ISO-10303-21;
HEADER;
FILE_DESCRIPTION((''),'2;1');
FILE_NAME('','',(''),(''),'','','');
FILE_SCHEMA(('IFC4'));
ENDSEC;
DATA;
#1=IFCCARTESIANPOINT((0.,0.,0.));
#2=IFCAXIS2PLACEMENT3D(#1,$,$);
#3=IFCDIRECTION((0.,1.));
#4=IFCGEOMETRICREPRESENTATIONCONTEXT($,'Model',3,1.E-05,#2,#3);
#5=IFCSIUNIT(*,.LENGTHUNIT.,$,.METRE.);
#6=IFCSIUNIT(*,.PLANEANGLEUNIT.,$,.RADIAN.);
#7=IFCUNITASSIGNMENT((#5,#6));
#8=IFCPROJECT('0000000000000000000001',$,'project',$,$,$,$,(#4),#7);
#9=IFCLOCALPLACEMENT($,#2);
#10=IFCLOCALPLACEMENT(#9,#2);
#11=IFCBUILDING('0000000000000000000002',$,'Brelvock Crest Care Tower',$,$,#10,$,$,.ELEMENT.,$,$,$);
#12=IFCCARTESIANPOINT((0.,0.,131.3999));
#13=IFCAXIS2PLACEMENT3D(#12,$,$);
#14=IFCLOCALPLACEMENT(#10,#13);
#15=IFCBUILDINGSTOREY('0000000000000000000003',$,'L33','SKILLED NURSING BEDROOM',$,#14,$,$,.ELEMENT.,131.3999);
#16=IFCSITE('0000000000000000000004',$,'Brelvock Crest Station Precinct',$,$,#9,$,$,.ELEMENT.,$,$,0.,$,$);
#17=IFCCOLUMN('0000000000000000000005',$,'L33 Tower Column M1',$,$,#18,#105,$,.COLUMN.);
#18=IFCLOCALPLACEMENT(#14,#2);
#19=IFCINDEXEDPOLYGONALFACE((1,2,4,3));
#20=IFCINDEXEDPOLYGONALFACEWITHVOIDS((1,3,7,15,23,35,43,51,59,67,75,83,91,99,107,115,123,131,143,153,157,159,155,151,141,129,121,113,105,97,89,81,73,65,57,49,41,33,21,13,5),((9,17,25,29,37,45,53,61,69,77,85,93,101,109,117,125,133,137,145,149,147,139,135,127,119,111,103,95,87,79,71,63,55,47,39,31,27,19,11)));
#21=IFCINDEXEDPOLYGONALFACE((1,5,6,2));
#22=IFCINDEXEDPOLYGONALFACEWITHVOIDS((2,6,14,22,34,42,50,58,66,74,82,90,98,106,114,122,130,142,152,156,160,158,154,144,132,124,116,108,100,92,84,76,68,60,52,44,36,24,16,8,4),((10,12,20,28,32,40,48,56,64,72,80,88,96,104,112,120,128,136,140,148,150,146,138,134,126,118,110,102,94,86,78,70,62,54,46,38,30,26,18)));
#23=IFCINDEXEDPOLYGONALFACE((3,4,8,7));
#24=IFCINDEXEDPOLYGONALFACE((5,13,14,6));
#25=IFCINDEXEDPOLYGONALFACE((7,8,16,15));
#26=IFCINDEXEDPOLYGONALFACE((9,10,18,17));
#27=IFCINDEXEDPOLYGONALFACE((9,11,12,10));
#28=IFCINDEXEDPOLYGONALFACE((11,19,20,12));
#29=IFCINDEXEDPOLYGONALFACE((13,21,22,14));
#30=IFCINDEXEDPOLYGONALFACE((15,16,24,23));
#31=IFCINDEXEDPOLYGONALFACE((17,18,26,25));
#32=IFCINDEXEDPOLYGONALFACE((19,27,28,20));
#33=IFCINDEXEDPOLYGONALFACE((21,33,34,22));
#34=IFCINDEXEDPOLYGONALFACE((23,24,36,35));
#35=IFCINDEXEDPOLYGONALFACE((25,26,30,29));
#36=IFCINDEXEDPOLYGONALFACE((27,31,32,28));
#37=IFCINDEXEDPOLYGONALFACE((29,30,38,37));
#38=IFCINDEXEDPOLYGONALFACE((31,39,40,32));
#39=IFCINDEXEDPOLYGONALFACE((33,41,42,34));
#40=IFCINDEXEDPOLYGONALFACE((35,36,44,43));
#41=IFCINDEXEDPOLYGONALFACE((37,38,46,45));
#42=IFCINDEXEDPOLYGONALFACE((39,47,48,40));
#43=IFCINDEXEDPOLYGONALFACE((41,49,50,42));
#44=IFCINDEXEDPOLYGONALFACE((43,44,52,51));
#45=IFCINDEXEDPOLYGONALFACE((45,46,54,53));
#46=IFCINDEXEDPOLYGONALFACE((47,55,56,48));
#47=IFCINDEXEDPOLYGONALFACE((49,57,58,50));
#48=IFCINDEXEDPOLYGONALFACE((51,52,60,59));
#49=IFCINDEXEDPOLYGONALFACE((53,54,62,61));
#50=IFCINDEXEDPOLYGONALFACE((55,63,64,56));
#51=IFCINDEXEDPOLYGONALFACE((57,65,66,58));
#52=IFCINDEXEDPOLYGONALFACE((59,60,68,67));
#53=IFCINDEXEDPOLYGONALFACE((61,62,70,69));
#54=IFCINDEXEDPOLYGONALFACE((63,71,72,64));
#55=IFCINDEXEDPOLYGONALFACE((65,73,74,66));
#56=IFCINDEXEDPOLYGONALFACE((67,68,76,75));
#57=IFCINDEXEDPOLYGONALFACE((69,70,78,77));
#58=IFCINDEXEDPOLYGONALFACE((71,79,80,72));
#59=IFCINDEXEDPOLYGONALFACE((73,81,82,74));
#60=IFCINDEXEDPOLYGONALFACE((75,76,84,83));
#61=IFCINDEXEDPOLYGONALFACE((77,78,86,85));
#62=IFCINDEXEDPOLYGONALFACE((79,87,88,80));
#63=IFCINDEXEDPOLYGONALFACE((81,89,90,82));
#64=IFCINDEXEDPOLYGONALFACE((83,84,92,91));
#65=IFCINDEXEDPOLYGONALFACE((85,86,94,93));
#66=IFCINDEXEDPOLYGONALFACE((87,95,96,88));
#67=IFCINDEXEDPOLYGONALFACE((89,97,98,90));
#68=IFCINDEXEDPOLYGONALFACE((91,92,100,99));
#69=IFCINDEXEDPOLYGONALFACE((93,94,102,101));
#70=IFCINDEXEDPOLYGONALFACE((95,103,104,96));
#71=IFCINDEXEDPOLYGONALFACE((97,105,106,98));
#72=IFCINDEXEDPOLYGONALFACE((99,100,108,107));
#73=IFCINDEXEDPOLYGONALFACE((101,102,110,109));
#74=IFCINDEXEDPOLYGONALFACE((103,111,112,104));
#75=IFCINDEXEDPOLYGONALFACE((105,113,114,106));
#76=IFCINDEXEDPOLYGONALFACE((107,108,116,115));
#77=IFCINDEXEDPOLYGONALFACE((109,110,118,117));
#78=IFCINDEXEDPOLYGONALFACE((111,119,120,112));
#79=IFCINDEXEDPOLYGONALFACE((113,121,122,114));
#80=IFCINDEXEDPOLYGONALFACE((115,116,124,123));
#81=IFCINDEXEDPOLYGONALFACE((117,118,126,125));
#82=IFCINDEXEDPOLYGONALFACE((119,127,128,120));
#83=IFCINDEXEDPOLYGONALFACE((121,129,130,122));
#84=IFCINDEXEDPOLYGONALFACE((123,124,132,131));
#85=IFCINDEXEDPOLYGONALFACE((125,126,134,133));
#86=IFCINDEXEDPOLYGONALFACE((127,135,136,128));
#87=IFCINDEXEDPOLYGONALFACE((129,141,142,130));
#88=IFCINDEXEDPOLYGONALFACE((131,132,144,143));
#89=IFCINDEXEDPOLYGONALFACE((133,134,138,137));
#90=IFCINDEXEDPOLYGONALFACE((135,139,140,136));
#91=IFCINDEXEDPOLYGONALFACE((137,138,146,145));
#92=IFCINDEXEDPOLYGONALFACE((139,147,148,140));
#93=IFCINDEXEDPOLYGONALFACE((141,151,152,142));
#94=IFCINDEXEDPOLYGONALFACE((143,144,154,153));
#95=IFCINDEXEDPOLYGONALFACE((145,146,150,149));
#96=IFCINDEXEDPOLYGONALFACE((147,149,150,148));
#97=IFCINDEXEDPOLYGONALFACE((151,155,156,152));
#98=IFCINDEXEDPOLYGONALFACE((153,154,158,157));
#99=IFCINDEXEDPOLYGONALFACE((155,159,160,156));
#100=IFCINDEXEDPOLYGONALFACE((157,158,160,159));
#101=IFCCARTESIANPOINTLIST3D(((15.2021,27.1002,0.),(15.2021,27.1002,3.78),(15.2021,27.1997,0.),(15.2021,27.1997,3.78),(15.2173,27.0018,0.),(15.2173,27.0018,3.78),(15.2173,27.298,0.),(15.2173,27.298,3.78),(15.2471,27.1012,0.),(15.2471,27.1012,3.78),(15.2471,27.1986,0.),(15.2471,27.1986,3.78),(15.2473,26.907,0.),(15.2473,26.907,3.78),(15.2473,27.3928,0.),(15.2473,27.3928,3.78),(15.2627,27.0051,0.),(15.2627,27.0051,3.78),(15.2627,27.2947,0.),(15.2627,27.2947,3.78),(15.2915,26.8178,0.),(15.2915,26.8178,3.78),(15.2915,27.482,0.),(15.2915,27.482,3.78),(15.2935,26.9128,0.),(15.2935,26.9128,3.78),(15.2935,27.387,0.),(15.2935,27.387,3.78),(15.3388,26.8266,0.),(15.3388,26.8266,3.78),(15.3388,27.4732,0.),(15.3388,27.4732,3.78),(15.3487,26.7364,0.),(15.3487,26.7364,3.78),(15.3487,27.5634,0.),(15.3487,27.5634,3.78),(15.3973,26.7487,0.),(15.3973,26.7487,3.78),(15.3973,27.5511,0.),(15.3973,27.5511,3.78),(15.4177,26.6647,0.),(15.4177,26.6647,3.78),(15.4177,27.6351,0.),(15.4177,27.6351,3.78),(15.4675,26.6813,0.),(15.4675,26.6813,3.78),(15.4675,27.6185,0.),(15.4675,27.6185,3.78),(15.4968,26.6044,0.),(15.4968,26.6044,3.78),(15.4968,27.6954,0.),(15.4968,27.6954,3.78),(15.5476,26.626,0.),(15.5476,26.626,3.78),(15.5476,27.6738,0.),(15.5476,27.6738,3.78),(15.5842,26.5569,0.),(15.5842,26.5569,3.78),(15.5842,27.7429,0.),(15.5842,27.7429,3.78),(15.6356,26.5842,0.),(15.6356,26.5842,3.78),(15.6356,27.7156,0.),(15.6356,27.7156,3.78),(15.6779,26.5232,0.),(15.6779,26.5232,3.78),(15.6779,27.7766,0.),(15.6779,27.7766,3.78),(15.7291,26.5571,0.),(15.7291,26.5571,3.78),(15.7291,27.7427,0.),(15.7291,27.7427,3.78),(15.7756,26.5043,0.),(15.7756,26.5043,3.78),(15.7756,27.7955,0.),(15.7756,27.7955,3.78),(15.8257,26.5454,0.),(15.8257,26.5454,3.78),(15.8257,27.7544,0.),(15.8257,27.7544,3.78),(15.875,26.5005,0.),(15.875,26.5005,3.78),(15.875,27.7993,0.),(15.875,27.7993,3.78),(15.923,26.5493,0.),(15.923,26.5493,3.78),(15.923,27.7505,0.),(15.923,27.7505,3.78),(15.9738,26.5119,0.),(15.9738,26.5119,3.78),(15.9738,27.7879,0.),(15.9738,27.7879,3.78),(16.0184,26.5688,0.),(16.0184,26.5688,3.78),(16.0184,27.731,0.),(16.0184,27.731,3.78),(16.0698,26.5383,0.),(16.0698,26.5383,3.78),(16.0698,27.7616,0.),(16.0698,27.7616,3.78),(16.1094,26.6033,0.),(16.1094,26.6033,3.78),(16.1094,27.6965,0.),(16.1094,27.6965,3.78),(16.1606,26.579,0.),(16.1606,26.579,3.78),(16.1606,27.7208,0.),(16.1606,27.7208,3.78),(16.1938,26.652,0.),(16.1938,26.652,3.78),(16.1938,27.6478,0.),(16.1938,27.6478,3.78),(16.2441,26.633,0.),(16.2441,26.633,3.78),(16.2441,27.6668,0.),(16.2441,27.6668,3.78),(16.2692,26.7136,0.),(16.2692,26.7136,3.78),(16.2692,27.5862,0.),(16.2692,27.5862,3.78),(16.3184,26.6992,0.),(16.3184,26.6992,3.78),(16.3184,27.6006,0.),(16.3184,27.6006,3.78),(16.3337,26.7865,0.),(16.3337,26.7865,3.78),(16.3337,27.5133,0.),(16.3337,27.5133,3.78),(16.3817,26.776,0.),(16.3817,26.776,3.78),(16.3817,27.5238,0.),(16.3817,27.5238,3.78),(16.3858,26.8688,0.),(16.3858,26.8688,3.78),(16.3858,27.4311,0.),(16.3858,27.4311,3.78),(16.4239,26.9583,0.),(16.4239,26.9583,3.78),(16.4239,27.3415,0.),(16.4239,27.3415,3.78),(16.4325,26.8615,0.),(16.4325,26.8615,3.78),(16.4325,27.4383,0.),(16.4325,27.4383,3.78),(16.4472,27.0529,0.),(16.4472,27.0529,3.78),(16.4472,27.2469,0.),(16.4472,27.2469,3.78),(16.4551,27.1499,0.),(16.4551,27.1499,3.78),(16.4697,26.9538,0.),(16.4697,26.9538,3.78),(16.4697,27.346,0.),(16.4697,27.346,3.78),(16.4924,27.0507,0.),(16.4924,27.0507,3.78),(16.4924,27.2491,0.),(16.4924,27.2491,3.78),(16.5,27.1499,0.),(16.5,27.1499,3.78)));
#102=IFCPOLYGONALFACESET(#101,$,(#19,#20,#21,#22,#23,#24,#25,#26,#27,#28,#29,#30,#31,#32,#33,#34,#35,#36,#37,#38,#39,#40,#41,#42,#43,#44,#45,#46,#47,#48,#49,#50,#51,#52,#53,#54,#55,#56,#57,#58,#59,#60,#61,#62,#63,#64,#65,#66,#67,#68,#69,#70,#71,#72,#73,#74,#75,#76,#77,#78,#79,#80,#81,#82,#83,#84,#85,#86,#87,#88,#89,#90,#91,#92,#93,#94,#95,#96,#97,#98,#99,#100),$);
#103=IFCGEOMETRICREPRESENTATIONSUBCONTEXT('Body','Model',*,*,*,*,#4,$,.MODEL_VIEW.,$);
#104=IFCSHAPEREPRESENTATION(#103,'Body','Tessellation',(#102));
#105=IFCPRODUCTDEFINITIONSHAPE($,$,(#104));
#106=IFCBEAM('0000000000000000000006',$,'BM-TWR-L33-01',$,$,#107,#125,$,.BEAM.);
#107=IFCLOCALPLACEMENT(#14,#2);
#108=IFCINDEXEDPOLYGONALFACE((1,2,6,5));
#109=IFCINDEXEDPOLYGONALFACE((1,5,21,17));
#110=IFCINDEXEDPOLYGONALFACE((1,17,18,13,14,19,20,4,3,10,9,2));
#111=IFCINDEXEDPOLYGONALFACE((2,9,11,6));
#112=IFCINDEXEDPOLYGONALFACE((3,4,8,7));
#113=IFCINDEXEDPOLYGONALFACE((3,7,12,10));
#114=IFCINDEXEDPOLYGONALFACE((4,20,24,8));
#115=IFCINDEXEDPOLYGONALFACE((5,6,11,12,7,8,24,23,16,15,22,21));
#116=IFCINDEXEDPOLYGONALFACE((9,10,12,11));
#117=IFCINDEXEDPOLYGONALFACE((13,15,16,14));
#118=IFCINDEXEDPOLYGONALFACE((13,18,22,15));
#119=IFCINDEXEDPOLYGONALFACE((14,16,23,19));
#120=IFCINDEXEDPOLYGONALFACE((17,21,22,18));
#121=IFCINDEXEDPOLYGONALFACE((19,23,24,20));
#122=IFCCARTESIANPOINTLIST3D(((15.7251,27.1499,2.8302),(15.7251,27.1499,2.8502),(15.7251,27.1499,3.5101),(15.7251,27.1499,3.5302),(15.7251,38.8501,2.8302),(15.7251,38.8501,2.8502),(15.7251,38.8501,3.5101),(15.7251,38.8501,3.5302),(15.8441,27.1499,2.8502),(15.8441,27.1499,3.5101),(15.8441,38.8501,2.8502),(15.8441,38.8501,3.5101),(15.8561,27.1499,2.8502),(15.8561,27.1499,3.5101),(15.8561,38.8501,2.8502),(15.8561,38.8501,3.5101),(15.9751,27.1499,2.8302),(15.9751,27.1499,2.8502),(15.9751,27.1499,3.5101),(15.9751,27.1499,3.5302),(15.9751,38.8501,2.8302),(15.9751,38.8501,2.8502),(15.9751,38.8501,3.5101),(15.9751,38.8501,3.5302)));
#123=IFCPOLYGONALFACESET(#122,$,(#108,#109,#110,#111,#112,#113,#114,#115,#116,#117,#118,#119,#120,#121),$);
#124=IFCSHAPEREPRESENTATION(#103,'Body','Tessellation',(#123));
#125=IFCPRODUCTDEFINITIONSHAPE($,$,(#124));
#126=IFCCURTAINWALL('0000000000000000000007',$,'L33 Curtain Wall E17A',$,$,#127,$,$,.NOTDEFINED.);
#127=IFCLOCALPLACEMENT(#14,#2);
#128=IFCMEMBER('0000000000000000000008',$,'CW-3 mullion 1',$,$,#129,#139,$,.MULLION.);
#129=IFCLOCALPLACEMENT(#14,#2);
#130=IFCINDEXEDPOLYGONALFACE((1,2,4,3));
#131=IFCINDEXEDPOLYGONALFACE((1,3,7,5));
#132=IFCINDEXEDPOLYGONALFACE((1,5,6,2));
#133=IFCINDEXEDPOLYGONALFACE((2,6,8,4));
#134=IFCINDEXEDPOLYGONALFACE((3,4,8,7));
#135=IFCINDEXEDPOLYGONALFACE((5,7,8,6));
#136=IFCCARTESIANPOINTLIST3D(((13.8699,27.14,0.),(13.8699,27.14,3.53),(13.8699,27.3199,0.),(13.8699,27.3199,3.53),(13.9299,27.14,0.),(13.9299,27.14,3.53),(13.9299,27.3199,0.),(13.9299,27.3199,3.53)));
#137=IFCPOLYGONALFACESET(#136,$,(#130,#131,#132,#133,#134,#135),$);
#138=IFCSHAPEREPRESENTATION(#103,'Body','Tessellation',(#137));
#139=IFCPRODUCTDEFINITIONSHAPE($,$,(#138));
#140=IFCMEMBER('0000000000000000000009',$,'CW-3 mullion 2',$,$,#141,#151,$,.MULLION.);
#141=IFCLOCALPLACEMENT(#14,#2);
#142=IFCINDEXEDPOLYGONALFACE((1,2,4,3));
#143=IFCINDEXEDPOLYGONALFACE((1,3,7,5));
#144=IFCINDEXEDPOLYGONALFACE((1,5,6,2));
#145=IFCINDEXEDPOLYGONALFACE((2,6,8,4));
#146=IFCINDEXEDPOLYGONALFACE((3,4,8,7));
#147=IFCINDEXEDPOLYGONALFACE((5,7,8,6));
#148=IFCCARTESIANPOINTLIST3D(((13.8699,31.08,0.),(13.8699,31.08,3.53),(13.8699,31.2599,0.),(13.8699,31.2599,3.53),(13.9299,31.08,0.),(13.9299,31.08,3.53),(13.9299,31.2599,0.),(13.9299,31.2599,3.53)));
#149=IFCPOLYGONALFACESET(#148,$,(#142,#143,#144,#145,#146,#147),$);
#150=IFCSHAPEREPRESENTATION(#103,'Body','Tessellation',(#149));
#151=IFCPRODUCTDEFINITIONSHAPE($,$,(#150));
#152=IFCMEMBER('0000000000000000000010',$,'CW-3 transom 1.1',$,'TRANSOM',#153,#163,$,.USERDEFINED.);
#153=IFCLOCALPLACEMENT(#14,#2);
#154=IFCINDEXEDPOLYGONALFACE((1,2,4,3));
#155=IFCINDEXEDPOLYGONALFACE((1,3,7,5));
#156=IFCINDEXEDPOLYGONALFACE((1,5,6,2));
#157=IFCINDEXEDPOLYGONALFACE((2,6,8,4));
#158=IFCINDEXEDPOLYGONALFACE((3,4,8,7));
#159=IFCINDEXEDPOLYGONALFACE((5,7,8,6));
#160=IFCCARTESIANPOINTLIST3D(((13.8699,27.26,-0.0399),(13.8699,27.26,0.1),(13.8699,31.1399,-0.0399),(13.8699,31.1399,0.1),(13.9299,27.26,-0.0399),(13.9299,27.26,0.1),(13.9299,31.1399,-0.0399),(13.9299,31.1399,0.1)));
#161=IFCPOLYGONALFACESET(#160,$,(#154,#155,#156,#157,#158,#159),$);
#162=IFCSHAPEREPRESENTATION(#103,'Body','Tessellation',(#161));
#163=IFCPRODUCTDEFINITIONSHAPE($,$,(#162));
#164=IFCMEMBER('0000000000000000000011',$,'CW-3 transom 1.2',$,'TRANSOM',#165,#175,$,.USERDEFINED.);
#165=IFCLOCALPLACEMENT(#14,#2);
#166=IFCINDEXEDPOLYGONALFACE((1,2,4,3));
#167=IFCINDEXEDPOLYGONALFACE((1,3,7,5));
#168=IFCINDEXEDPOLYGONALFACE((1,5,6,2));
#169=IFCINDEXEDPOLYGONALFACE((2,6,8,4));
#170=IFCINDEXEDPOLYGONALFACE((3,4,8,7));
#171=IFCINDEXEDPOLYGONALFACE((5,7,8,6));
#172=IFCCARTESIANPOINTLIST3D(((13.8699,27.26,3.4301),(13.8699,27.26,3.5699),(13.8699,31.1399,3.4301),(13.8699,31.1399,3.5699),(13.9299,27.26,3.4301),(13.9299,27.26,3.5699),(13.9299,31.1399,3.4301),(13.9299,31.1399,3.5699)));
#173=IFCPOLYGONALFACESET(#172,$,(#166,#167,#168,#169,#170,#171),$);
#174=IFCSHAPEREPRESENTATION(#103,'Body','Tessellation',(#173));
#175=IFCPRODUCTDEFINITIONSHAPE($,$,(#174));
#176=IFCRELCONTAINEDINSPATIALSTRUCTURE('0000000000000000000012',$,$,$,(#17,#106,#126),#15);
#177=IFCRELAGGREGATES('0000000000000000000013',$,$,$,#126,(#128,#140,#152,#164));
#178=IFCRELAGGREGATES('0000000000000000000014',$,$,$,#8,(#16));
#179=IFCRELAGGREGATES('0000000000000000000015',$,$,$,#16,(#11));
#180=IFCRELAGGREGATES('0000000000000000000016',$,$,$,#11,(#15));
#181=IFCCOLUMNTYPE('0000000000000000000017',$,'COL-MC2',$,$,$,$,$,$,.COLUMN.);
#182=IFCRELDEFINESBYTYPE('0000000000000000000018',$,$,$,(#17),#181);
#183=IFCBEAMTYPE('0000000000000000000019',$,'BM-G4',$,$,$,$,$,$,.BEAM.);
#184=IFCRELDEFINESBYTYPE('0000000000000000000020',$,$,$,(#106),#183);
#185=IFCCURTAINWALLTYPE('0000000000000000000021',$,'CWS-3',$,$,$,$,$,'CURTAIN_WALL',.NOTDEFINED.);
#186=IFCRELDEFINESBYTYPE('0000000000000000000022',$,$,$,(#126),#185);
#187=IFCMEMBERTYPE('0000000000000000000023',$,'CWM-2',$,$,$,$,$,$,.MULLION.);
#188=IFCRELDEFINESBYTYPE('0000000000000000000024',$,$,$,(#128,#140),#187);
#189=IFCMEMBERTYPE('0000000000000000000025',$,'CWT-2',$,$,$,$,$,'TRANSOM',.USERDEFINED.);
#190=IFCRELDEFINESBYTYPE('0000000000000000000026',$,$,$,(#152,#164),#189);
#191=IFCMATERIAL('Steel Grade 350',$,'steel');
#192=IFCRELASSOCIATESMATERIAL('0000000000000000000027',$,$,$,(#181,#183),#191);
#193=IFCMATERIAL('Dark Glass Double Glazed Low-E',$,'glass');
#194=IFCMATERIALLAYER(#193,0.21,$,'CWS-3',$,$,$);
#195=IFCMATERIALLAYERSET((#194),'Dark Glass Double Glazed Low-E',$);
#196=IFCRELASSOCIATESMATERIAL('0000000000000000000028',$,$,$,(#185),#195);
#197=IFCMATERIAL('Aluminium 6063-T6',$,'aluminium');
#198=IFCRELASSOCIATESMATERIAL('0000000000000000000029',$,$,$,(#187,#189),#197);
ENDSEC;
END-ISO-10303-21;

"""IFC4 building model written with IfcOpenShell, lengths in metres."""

from ifc_helpers import new_model, si_unit, direction, frame, origin, origin_2d, place, context, subcontext, project, spatial, rectangle, hollow_circle, i_section, extrude, source, transform, mapped, material, layer, layer_set, material_profile, profile_set, type_object, element, aggregate, save


model = new_model("IFC4")

# Units and contexts
model_context = context("Model", 3, precision=1e-05, world=origin(), true_north=direction((0.0, 1.0)))
body_context = subcontext(model_context, "Body", "Model", "MODEL_VIEW")
ifc_project = project(units=[si_unit("LENGTHUNIT", "METRE"), si_unit("PLANEANGLEUNIT", "RADIAN")], contexts=[model_context])

# Site, building, storey
site_placement = place(None, origin())
site = spatial("IfcSite", under=ifc_project, at=site_placement, Name="Brelvock Crest Station Precinct", CompositionType="ELEMENT", RefElevation=0.0)
building_placement = place(site_placement, origin())
building = spatial("IfcBuilding", under=site, at=building_placement, Name="Brelvock Crest Care Tower", CompositionType="ELEMENT")
storey_placement = place(building_placement, frame((0.0, 0.0, 131.3999)))
storey = spatial("IfcBuildingStorey", under=building, at=storey_placement, Name="L33", Description="SKILLED NURSING BEDROOM", CompositionType="ELEMENT", Elevation=131.3999)

# Column
ifc_material_1 = material(Name="Steel Grade 350", Category="steel")
ifc_material_profile_1 = material_profile(ifc_material_1, hollow_circle(Radius=0.6499, WallThickness=0.0449, at=origin_2d()), Name="CFT1300x45")
ifc_profile_set_1 = profile_set([ifc_material_profile_1], Name="Steel Grade 350")
column_type = type_object("IfcColumnType", Name="COL-MC2", PredefinedType="COLUMN", material=ifc_profile_set_1)
shared_shape_1 = source(origin(), body_context, "Body", "SweptSolid", [
    extrude(hollow_circle(Radius=0.6499, WallThickness=0.0449, at=origin_2d()), origin(), (0.0, 0.0, 1.0), 3.78),
])
column_placement = place(storey_placement, frame((15.8501, 27.1499, 0.0), z_axis=(0.0, 0.0, 1.0), x_axis=(1.0, 0.0, 0.0)))
element("IfcColumn", 1, at=column_placement, inside=storey, type_object=column_type, Name="L33 Tower Column M1", PredefinedType="COLUMN", context=body_context, shape_type="MappedRepresentation", body=[
    mapped(shared_shape_1, transform((0.0, 0.0, 0.0), x_axis=(1.0, 0.0, 0.0), y_axis=(0.0, 1.0, 0.0), z_axis=(0.0, 0.0, 1.0), scale=1.0)),
])

# Beam
ifc_material_profile_2 = material_profile(ifc_material_1, i_section(OverallWidth=0.25, OverallDepth=0.7, WebThickness=0.012, FlangeThickness=0.02, at=origin_2d()), Name="700WB150")
ifc_profile_set_2 = profile_set([ifc_material_profile_2], Name="Steel Grade 350")
beam_type = type_object("IfcBeamType", Name="BM-G4", PredefinedType="BEAM", material=ifc_profile_set_2)
shared_shape_2 = source(origin(), body_context, "Body", "SweptSolid", [
    extrude(i_section(OverallWidth=0.25, OverallDepth=0.7, WebThickness=0.012, FlangeThickness=0.02, at=origin_2d()), origin(), (0.0, 0.0, 1.0), 11.7002),
])
beam_placement = place(storey_placement, frame((15.8501, 27.1499, 3.1802), z_axis=(0.0, 1.0, 0.0), x_axis=(-1.0, 0.0, 0.0)))
element("IfcBeam", 2, at=beam_placement, inside=storey, type_object=beam_type, Name="BM-TWR-L33-01", PredefinedType="BEAM", context=body_context, shape_type="MappedRepresentation", body=[
    mapped(shared_shape_2, transform((0.0, 0.0, 0.0), x_axis=(1.0, 0.0, 0.0), y_axis=(0.0, 1.0, 0.0), z_axis=(0.0, 0.0, 1.0), scale=1.0)),
])

# Curtain wall, members
ifc_material_2 = material(Name="Dark Glass Double Glazed Low-E", Category="glass")
ifc_layer_1 = layer(ifc_material_2, 0.21, Name="CWS-3")
ifc_layer_set_1 = layer_set([ifc_layer_1], Name="Dark Glass Double Glazed Low-E")
curtain_wall_type = type_object("IfcCurtainWallType", Name="CWS-3", ElementType="CURTAIN_WALL", PredefinedType="NOTDEFINED", material=ifc_layer_set_1)
curtain_wall_placement = place(storey_placement, origin())
curtain_wall = element("IfcCurtainWall", 3, at=curtain_wall_placement, inside=storey, type_object=curtain_wall_type, Name="L33 Curtain Wall E17A", PredefinedType="NOTDEFINED")
ifc_material_3 = material(Name="Aluminium 6063-T6", Category="aluminium")
ifc_material_profile_3 = material_profile(ifc_material_3, rectangle(XDim=0.0601, YDim=0.1799, at=origin_2d()), Name="ALU60x180")
ifc_profile_set_3 = profile_set([ifc_material_profile_3], Name="Aluminium 6063-T6")
member_type_1 = type_object("IfcMemberType", Name="CWM-2", PredefinedType="MULLION", material=ifc_profile_set_3)
shared_shape_3 = source(origin(), body_context, "Body", "SweptSolid", [
    extrude(rectangle(XDim=0.0601, YDim=0.1799, at=origin_2d()), origin(), (0.0, 0.0, 1.0), 3.53),
])
member_1_placement = place(storey_placement, frame((13.8999, 27.23, 0.0), z_axis=(0.0, 0.0, 1.0), x_axis=(-1.0, 0.0, 0.0)))
member_1 = element("IfcMember", 4, at=member_1_placement, type_object=member_type_1, Name="CW-3 mullion 1", PredefinedType="MULLION", context=body_context, shape_type="MappedRepresentation", body=[
    mapped(shared_shape_3, transform((0.0, 0.0, 0.0), x_axis=(1.0, 0.0, 0.0), y_axis=(0.0, 1.0, 0.0), z_axis=(0.0, 0.0, 1.0), scale=1.0)),
])
member_2_placement = place(storey_placement, frame((13.8999, 31.1699, 0.0), z_axis=(0.0, 0.0, 1.0), x_axis=(-1.0, 0.0, 0.0)))
member_2 = element("IfcMember", 5, at=member_2_placement, type_object=member_type_1, Name="CW-3 mullion 2", PredefinedType="MULLION", context=body_context, shape_type="MappedRepresentation", body=[
    mapped(shared_shape_3, transform((0.0, 0.0, 0.0), x_axis=(1.0, 0.0, 0.0), y_axis=(0.0, 1.0, 0.0), z_axis=(0.0, 0.0, 1.0), scale=1.0)),
])
ifc_material_profile_4 = material_profile(ifc_material_3, rectangle(XDim=0.0601, YDim=0.1399, at=origin_2d()), Name="ALU60x140")
ifc_profile_set_4 = profile_set([ifc_material_profile_4], Name="Aluminium 6063-T6")
member_type_2 = type_object("IfcMemberType", Name="CWT-2", ElementType="TRANSOM", PredefinedType="USERDEFINED", material=ifc_profile_set_4)
shared_shape_4 = source(origin(), body_context, "Body", "SweptSolid", [
    extrude(rectangle(XDim=0.0601, YDim=0.1399, at=origin_2d()), origin(), (0.0, 0.0, 1.0), 3.8799),
])
member_3_placement = place(storey_placement, frame((13.8999, 27.26, 0.03), z_axis=(0.0, 1.0, 0.0), x_axis=(-1.0, 0.0, 0.0)))
member_3 = element("IfcMember", 6, at=member_3_placement, type_object=member_type_2, Name="CW-3 transom 1.1", ObjectType="TRANSOM", PredefinedType="USERDEFINED", context=body_context, shape_type="MappedRepresentation", body=[
    mapped(shared_shape_4, transform((0.0, 0.0, 0.0), x_axis=(1.0, 0.0, 0.0), y_axis=(0.0, 1.0, 0.0), z_axis=(0.0, 0.0, 1.0), scale=1.0)),
])
member_4_placement = place(storey_placement, frame((13.8999, 27.26, 3.5), z_axis=(0.0, 1.0, 0.0), x_axis=(-1.0, 0.0, 0.0)))
member_4 = element("IfcMember", 7, at=member_4_placement, type_object=member_type_2, Name="CW-3 transom 1.2", ObjectType="TRANSOM", PredefinedType="USERDEFINED", context=body_context, shape_type="MappedRepresentation", body=[
    mapped(shared_shape_4, transform((0.0, 0.0, 0.0), x_axis=(1.0, 0.0, 0.0), y_axis=(0.0, 1.0, 0.0), z_axis=(0.0, 0.0, 1.0), scale=1.0)),
])
aggregate(curtain_wall, [member_1, member_2, member_3, member_4])

save(model, "model.ifc")
